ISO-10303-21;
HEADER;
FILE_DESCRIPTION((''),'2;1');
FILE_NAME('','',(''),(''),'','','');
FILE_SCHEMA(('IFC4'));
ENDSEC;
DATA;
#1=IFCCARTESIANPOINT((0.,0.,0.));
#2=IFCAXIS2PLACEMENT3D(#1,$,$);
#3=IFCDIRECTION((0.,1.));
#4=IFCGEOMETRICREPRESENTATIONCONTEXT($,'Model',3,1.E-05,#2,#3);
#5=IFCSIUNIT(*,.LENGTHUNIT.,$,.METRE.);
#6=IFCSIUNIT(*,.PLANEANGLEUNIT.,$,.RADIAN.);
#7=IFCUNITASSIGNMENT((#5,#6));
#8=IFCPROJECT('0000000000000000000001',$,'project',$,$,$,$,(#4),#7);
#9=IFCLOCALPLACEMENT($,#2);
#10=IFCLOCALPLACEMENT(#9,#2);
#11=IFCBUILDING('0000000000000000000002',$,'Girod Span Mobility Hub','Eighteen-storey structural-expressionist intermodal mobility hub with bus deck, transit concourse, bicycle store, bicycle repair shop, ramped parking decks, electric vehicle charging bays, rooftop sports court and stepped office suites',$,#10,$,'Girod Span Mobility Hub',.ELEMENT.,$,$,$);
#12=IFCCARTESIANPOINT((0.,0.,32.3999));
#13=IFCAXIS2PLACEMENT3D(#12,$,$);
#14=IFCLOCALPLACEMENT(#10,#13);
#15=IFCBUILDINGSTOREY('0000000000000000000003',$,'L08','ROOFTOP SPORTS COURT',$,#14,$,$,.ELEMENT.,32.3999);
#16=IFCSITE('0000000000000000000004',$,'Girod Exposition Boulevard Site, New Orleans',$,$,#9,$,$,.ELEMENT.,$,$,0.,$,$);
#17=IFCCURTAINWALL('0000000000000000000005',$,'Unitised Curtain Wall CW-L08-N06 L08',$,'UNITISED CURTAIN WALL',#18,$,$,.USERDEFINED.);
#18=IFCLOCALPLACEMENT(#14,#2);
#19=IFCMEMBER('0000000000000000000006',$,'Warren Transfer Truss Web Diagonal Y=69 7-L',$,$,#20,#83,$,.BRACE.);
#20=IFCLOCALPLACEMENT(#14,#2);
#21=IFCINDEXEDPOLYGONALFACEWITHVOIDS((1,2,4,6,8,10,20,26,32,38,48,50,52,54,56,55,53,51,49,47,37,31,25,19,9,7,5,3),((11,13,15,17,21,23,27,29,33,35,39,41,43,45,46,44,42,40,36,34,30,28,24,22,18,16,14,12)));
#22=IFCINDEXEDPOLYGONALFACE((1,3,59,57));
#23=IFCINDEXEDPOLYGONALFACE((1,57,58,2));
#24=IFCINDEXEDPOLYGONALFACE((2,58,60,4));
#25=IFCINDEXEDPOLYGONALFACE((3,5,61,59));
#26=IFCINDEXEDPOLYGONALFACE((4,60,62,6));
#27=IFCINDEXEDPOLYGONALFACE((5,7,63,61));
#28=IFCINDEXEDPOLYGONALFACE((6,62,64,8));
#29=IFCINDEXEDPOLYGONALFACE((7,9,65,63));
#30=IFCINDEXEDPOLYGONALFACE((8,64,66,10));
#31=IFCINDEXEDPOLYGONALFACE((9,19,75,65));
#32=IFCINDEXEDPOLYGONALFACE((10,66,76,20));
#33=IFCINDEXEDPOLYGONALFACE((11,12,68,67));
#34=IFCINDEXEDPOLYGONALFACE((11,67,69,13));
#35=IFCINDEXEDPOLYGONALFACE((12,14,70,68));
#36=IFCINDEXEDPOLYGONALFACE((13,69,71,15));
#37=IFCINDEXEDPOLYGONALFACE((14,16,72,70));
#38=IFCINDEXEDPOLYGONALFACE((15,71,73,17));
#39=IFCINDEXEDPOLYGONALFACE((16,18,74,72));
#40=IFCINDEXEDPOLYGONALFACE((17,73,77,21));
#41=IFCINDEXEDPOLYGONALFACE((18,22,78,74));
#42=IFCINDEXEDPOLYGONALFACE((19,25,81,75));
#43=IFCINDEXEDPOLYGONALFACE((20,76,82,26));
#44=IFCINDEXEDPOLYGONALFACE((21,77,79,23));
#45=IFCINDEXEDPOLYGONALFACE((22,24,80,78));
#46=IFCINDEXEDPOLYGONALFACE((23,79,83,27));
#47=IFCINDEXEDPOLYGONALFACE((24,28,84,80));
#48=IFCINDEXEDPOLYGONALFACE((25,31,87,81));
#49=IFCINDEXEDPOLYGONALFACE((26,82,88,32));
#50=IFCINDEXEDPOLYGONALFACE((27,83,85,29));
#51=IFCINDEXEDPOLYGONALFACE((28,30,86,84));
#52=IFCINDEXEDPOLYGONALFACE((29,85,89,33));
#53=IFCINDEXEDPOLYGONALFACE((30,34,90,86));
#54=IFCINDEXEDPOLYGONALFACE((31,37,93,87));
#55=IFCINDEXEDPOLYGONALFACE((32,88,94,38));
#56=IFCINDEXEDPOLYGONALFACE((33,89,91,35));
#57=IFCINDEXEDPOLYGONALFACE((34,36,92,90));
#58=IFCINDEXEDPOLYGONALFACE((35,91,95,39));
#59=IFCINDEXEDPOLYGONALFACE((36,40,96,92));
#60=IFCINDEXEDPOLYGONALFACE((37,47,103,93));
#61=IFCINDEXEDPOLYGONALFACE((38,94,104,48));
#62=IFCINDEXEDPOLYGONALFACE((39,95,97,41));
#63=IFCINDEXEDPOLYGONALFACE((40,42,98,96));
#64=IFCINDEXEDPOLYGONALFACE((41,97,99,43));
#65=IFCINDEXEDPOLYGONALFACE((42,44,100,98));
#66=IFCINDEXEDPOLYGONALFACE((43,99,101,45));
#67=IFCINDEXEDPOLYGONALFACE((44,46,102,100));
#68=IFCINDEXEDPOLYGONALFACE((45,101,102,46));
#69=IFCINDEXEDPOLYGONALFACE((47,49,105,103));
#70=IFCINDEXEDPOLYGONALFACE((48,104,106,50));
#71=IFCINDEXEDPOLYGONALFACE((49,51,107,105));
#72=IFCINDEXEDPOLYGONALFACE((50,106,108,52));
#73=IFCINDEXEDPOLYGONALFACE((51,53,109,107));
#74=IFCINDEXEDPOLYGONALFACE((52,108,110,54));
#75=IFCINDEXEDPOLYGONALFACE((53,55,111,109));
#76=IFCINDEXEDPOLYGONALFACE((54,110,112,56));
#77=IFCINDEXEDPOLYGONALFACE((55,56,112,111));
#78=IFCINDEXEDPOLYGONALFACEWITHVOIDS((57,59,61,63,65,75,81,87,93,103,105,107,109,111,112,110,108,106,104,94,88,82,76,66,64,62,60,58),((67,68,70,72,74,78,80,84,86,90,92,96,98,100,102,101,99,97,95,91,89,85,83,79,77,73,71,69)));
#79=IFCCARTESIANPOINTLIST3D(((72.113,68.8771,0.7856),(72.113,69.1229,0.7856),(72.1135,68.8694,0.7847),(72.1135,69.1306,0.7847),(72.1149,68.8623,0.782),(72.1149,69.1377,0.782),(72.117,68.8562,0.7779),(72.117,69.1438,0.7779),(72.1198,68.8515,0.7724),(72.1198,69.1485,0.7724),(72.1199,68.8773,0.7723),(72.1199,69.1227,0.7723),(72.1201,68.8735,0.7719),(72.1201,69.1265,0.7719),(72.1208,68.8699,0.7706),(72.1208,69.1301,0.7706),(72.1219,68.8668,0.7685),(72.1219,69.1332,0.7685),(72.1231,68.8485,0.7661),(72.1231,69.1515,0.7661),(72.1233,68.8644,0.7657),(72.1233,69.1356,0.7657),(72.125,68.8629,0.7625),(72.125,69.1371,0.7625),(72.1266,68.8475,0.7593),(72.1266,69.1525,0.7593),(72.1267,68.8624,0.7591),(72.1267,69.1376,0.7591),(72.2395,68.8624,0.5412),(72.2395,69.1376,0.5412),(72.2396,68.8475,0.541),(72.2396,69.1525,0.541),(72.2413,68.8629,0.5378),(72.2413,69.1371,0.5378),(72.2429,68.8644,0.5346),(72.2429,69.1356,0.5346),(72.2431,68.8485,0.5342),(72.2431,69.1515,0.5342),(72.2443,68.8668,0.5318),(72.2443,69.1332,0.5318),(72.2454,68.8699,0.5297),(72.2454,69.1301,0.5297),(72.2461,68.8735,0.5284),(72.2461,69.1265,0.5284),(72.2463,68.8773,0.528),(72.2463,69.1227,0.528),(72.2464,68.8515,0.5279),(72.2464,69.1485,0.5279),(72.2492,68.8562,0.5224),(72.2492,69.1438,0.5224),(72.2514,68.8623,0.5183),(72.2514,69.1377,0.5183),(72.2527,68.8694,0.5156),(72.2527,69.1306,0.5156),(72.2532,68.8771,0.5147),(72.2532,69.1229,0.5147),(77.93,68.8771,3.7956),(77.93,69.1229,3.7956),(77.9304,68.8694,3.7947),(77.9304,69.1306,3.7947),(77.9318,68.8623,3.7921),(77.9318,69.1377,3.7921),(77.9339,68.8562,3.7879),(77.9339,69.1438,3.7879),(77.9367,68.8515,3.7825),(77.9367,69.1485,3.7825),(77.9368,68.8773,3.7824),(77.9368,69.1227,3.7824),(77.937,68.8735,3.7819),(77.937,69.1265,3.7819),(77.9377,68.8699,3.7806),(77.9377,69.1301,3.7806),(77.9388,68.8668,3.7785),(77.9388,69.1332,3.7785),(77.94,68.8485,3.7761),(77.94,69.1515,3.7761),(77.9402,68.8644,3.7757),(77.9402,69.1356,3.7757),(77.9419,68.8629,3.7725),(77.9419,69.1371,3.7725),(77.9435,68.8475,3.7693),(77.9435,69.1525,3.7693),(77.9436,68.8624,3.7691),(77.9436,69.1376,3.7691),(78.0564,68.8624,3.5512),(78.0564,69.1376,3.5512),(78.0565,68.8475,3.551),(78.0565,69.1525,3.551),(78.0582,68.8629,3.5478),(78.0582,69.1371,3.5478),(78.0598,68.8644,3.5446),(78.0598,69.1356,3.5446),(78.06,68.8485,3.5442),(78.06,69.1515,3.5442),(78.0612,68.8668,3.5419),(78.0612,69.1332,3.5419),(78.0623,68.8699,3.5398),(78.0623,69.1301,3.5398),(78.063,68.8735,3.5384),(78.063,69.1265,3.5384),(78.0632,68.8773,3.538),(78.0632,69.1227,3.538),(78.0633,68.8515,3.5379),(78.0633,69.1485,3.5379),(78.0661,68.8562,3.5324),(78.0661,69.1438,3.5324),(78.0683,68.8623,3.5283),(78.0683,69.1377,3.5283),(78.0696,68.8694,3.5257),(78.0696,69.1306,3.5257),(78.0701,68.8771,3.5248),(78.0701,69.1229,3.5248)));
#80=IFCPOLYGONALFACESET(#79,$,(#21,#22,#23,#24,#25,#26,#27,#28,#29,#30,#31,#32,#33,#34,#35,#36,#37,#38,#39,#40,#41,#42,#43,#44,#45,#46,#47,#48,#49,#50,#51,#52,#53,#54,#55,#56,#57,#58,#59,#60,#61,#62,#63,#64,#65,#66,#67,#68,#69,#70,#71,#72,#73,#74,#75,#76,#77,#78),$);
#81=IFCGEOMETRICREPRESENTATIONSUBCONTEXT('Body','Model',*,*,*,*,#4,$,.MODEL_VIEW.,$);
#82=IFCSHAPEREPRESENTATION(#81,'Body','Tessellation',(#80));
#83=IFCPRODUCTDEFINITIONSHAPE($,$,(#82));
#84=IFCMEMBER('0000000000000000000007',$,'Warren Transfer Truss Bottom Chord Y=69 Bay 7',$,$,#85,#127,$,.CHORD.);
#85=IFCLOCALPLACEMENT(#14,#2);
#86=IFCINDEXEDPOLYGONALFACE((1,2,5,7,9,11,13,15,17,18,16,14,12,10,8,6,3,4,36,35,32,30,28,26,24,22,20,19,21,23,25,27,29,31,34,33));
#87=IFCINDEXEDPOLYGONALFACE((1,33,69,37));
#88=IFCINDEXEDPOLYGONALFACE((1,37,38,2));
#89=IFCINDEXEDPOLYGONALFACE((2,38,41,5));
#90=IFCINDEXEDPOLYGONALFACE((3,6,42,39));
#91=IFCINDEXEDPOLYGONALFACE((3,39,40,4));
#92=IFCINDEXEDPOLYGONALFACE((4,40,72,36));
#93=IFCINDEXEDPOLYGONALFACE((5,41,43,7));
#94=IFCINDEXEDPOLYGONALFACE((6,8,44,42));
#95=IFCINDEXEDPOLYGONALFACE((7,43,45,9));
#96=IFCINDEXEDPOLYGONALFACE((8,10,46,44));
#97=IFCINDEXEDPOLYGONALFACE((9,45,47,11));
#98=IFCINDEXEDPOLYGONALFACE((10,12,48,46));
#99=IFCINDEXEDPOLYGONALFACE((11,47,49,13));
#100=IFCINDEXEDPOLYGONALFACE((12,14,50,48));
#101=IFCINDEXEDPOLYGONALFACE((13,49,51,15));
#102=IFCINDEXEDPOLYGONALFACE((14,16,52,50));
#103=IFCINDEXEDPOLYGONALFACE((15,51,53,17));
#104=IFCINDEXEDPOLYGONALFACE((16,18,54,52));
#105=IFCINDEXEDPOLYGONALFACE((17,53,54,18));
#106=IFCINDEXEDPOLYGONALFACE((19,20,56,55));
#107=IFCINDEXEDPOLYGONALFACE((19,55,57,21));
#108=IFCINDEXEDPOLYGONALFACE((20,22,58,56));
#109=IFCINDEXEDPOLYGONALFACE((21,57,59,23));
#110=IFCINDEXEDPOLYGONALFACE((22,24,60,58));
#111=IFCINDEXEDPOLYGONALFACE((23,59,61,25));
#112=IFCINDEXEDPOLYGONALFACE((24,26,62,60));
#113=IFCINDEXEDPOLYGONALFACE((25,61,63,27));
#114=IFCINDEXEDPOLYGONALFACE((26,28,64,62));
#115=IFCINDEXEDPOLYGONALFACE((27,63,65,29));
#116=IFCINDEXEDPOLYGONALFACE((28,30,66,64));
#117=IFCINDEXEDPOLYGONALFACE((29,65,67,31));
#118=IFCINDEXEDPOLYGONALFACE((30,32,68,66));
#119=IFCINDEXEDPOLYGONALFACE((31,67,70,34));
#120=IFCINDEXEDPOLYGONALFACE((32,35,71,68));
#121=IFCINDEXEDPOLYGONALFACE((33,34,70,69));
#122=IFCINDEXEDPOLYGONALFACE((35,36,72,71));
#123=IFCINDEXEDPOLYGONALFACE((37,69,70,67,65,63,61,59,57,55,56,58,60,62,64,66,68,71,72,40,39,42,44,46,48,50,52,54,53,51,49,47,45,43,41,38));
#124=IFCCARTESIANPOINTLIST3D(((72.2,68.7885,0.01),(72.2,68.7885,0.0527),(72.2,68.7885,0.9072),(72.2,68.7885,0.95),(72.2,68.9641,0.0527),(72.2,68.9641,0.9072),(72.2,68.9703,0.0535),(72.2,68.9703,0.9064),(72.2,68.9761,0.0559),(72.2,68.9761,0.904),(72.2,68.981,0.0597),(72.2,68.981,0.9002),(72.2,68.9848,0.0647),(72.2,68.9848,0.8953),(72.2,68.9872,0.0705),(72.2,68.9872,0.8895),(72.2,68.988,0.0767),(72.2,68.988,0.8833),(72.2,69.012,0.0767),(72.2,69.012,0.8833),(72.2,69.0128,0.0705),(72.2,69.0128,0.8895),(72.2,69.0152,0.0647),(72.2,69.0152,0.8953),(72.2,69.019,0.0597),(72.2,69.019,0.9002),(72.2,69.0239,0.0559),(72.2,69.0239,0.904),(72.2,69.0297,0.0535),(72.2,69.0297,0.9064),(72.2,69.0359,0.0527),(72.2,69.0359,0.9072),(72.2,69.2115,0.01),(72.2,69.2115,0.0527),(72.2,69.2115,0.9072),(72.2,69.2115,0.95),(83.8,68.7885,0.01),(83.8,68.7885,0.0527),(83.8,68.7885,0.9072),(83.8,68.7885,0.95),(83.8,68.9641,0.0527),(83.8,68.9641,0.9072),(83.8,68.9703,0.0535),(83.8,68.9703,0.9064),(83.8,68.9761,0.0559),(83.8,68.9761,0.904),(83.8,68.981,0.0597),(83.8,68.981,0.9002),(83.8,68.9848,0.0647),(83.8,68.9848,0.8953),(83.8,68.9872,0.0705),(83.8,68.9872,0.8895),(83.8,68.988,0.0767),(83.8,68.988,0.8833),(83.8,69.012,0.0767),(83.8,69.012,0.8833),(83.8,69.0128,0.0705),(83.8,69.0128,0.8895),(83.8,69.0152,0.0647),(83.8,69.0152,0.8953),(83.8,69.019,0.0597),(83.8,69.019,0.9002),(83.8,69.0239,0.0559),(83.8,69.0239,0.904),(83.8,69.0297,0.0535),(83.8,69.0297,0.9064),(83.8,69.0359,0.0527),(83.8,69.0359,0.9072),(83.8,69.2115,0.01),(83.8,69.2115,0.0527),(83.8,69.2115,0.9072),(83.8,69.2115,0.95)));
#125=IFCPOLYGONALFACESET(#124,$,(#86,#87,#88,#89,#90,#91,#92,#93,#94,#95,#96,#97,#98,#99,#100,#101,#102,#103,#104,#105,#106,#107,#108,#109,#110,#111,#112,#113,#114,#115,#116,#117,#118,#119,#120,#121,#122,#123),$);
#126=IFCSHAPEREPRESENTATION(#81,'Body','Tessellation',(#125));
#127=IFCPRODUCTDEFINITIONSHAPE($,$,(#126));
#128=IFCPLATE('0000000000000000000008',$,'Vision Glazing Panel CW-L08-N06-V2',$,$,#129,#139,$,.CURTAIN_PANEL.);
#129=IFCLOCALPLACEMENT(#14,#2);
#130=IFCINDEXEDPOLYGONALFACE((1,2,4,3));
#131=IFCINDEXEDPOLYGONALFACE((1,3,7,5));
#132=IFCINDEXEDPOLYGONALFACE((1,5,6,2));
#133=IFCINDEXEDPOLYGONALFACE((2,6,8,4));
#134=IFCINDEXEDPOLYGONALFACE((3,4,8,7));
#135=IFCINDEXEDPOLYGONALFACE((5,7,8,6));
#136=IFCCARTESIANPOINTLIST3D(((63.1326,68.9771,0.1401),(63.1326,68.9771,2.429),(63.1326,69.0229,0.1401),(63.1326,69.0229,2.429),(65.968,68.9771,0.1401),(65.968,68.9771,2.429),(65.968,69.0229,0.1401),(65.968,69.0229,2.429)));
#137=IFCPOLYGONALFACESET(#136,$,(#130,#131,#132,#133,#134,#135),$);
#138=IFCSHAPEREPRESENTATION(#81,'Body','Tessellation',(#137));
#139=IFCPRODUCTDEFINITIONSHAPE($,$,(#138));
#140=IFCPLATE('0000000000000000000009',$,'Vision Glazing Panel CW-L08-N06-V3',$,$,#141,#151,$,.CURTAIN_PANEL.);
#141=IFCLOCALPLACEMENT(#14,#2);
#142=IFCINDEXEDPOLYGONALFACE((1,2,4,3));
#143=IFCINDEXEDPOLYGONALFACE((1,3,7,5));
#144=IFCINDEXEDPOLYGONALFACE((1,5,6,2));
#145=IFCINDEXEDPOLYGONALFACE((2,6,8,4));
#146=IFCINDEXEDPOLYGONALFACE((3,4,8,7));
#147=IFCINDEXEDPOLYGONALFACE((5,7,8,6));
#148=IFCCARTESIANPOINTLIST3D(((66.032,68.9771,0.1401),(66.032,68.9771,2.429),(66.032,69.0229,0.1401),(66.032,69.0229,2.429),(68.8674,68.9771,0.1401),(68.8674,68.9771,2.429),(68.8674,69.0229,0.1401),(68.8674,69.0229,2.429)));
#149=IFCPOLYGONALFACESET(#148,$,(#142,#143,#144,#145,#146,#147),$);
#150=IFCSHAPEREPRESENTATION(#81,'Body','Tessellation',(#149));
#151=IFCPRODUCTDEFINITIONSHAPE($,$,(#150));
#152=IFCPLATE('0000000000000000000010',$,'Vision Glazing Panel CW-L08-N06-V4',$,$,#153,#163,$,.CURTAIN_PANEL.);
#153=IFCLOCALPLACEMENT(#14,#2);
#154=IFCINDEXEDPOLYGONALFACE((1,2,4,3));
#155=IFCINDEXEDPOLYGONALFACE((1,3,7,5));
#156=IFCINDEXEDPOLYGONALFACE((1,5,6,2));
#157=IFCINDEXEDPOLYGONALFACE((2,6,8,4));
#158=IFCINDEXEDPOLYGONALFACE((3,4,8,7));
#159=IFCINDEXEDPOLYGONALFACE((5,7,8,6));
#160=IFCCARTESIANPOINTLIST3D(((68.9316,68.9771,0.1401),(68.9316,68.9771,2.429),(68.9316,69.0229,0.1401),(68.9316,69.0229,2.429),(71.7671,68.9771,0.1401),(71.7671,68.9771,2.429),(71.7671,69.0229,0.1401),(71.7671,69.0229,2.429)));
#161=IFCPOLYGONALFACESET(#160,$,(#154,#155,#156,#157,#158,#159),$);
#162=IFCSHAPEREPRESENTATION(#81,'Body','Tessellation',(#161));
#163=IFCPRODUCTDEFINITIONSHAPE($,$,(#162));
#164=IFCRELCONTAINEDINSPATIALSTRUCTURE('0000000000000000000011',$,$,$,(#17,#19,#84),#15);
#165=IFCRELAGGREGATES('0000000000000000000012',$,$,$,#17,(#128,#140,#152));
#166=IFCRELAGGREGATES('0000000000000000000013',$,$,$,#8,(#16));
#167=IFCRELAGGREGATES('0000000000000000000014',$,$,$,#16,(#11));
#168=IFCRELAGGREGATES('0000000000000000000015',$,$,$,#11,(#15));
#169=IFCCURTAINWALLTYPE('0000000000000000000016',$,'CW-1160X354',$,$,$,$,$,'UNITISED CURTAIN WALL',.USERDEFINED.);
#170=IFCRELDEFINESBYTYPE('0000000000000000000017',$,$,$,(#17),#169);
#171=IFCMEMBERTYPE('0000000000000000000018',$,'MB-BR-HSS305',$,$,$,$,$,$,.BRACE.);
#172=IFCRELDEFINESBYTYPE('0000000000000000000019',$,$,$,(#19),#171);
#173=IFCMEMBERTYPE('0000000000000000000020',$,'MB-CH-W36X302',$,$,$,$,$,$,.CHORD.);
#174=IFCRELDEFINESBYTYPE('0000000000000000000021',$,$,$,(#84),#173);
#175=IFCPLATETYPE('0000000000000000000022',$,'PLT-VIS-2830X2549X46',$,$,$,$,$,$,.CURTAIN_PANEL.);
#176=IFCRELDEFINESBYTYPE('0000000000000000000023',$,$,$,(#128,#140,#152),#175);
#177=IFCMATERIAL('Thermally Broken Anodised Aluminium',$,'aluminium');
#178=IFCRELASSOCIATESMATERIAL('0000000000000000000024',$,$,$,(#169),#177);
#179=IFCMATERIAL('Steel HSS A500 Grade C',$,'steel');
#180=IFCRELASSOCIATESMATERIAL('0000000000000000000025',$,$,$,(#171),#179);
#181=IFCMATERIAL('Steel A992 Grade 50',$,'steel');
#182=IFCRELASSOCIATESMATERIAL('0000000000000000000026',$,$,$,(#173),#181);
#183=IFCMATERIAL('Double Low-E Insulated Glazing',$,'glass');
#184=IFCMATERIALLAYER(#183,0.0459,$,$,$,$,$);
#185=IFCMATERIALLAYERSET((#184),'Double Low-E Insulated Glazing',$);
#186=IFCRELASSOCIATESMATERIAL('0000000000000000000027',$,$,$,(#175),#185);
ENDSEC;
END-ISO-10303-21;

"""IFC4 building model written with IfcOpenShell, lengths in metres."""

from ifc_helpers import new_model, si_unit, direction, frame, origin, origin_2d, place, context, subcontext, project, spatial, rectangle, hollow_rectangle, i_section, extrude, material, layer, layer_set, material_profile, profile_set, type_object, element, aggregate, save


model = new_model("IFC4")

# Units and contexts
model_context = context("Model", 3, precision=1e-05, world=origin(), true_north=direction((0.0, 1.0)))
body_context = subcontext(model_context, "Body", "Model", "MODEL_VIEW")
ifc_project = project(units=[si_unit("LENGTHUNIT", "METRE"), si_unit("PLANEANGLEUNIT", "RADIAN")], contexts=[model_context])

# Site, building, storey
site_placement = place(None, origin())
site = spatial("IfcSite", under=ifc_project, at=site_placement, Name="Girod Exposition Boulevard Site, New Orleans", CompositionType="ELEMENT", RefElevation=0.0)
building_placement = place(site_placement, origin())
building = spatial("IfcBuilding", under=site, at=building_placement, Name="Girod Span Mobility Hub", Description="Eighteen-storey structural-expressionist intermodal mobility hub with bus deck, transit concourse, bicycle store, bicycle repair shop, ramped parking decks, electric vehicle charging bays, rooftop sports court and stepped office suites", LongName="Girod Span Mobility Hub", CompositionType="ELEMENT")
storey_placement = place(building_placement, frame((0.0, 0.0, 32.3999)))
storey = spatial("IfcBuildingStorey", under=building, at=storey_placement, Name="L08", Description="ROOFTOP SPORTS COURT", CompositionType="ELEMENT", Elevation=32.3999)

# Curtain wall
ifc_material_1 = material(Name="Thermally Broken Anodised Aluminium", Category="aluminium")
curtain_wall_type = type_object("IfcCurtainWallType", Name="CW-1160X354", ElementType="UNITISED CURTAIN WALL", PredefinedType="USERDEFINED", material=ifc_material_1)
curtain_wall_1_placement = place(storey_placement, origin())
curtain_wall_1 = element("IfcCurtainWall", 1, at=curtain_wall_1_placement, inside=storey, type_object=curtain_wall_type, Name="Unitised Curtain Wall CW-L08-N06 L08", ObjectType="UNITISED CURTAIN WALL", PredefinedType="USERDEFINED")

# Members
ifc_material_2 = material(Name="Steel HSS A500 Grade C", Category="steel")
ifc_material_profile_1 = material_profile(ifc_material_2, hollow_rectangle(XDim=0.3049, YDim=0.3049, WallThickness=0.0149, InnerFilletRadius=0.0149, OuterFilletRadius=0.0295, at=origin_2d()), Name="HSS305X305X16")
ifc_profile_set_1 = profile_set([ifc_material_profile_1], Name="Steel HSS A500 Grade C")
member_type_1 = type_object("IfcMemberType", Name="MB-BR-HSS305", PredefinedType="BRACE", material=ifc_profile_set_1)
for number, where, z_axis, x_axis, name in (
    (2, (72.1831, 69.0, 0.6501), (0.888138, 0.0, 0.459576), (0.0, 1.0, 0.0), "Warren Transfer Truss Web Diagonal Y=69 7-L"),
):
    element("IfcMember", number, at=place(storey_placement, frame(where, z_axis=z_axis, x_axis=x_axis)), inside=storey, type_object=member_type_1, Name=name, PredefinedType="BRACE", context=body_context, shape_type="SweptSolid", body=[
        extrude(hollow_rectangle(XDim=0.3049, YDim=0.3049, WallThickness=0.0149, InnerFilletRadius=0.0149, OuterFilletRadius=0.0295, at=origin_2d()), origin(), (0.0, 0.0, 1.0), 6.5496),
    ])
ifc_material_3 = material(Name="Steel A992 Grade 50", Category="steel")
ifc_material_profile_2 = material_profile(ifc_material_3, i_section(OverallWidth=0.4231, OverallDepth=0.9399, WebThickness=0.0239, FlangeThickness=0.0427, FilletRadius=0.0239, at=origin_2d()), Name="W36X302")
ifc_profile_set_2 = profile_set([ifc_material_profile_2], Name="Steel A992 Grade 50")
member_type_2 = type_object("IfcMemberType", Name="MB-CH-W36X302", PredefinedType="CHORD", material=ifc_profile_set_2)
member_1_placement = place(storey_placement, frame((72.2, 69.0, 0.48), z_axis=(1.0, 0.0, 0.0), x_axis=(0.0, 1.0, 0.0)))
element("IfcMember", 3, at=member_1_placement, inside=storey, type_object=member_type_2, Name="Warren Transfer Truss Bottom Chord Y=69 Bay 7", PredefinedType="CHORD", context=body_context, shape_type="SweptSolid", body=[
    extrude(i_section(OverallWidth=0.4231, OverallDepth=0.9399, WebThickness=0.0239, FlangeThickness=0.0427, FilletRadius=0.0239, at=origin_2d()), origin(), (0.0, 0.0, 1.0), 11.6001),
])

# Plates
ifc_material_4 = material(Name="Double Low-E Insulated Glazing", Category="glass")
ifc_layer = layer(ifc_material_4, 0.0459)
ifc_layer_set = layer_set([ifc_layer], Name="Double Low-E Insulated Glazing")
plate_type = type_object("IfcPlateType", Name="PLT-VIS-2830X2549X46", PredefinedType="CURTAIN_PANEL", material=ifc_layer_set)
plate_1_placement = place(storey_placement, frame((64.5503, 69.0, 0.1401), z_axis=(0.0, 0.0, 1.0), x_axis=(1.0, 0.0, 0.0)))
plate_1 = element("IfcPlate", 4, at=plate_1_placement, type_object=plate_type, Name="Vision Glazing Panel CW-L08-N06-V2", PredefinedType="CURTAIN_PANEL", context=body_context, shape_type="SweptSolid", body=[
    extrude(rectangle(XDim=2.8354, YDim=0.0459, at=origin_2d()), origin(), (0.0, 0.0, 1.0), 2.2888),
])
plate_2_placement = place(storey_placement, frame((67.4497, 69.0, 0.1401), z_axis=(0.0, 0.0, 1.0), x_axis=(1.0, 0.0, 0.0)))
plate_2 = element("IfcPlate", 5, at=plate_2_placement, type_object=plate_type, Name="Vision Glazing Panel CW-L08-N06-V3", PredefinedType="CURTAIN_PANEL", context=body_context, shape_type="SweptSolid", body=[
    extrude(rectangle(XDim=2.8354, YDim=0.0459, at=origin_2d()), origin(), (0.0, 0.0, 1.0), 2.2888),
])
plate_3_placement = place(storey_placement, frame((70.3494, 69.0, 0.1401), z_axis=(0.0, 0.0, 1.0), x_axis=(1.0, 0.0, 0.0)))
plate_3 = element("IfcPlate", 6, at=plate_3_placement, type_object=plate_type, Name="Vision Glazing Panel CW-L08-N06-V4", PredefinedType="CURTAIN_PANEL", context=body_context, shape_type="SweptSolid", body=[
    extrude(rectangle(XDim=2.8354, YDim=0.0459, at=origin_2d()), origin(), (0.0, 0.0, 1.0), 2.2888),
])
aggregate(curtain_wall_1, [plate_1, plate_2, plate_3])

save(model, "model.ifc")
